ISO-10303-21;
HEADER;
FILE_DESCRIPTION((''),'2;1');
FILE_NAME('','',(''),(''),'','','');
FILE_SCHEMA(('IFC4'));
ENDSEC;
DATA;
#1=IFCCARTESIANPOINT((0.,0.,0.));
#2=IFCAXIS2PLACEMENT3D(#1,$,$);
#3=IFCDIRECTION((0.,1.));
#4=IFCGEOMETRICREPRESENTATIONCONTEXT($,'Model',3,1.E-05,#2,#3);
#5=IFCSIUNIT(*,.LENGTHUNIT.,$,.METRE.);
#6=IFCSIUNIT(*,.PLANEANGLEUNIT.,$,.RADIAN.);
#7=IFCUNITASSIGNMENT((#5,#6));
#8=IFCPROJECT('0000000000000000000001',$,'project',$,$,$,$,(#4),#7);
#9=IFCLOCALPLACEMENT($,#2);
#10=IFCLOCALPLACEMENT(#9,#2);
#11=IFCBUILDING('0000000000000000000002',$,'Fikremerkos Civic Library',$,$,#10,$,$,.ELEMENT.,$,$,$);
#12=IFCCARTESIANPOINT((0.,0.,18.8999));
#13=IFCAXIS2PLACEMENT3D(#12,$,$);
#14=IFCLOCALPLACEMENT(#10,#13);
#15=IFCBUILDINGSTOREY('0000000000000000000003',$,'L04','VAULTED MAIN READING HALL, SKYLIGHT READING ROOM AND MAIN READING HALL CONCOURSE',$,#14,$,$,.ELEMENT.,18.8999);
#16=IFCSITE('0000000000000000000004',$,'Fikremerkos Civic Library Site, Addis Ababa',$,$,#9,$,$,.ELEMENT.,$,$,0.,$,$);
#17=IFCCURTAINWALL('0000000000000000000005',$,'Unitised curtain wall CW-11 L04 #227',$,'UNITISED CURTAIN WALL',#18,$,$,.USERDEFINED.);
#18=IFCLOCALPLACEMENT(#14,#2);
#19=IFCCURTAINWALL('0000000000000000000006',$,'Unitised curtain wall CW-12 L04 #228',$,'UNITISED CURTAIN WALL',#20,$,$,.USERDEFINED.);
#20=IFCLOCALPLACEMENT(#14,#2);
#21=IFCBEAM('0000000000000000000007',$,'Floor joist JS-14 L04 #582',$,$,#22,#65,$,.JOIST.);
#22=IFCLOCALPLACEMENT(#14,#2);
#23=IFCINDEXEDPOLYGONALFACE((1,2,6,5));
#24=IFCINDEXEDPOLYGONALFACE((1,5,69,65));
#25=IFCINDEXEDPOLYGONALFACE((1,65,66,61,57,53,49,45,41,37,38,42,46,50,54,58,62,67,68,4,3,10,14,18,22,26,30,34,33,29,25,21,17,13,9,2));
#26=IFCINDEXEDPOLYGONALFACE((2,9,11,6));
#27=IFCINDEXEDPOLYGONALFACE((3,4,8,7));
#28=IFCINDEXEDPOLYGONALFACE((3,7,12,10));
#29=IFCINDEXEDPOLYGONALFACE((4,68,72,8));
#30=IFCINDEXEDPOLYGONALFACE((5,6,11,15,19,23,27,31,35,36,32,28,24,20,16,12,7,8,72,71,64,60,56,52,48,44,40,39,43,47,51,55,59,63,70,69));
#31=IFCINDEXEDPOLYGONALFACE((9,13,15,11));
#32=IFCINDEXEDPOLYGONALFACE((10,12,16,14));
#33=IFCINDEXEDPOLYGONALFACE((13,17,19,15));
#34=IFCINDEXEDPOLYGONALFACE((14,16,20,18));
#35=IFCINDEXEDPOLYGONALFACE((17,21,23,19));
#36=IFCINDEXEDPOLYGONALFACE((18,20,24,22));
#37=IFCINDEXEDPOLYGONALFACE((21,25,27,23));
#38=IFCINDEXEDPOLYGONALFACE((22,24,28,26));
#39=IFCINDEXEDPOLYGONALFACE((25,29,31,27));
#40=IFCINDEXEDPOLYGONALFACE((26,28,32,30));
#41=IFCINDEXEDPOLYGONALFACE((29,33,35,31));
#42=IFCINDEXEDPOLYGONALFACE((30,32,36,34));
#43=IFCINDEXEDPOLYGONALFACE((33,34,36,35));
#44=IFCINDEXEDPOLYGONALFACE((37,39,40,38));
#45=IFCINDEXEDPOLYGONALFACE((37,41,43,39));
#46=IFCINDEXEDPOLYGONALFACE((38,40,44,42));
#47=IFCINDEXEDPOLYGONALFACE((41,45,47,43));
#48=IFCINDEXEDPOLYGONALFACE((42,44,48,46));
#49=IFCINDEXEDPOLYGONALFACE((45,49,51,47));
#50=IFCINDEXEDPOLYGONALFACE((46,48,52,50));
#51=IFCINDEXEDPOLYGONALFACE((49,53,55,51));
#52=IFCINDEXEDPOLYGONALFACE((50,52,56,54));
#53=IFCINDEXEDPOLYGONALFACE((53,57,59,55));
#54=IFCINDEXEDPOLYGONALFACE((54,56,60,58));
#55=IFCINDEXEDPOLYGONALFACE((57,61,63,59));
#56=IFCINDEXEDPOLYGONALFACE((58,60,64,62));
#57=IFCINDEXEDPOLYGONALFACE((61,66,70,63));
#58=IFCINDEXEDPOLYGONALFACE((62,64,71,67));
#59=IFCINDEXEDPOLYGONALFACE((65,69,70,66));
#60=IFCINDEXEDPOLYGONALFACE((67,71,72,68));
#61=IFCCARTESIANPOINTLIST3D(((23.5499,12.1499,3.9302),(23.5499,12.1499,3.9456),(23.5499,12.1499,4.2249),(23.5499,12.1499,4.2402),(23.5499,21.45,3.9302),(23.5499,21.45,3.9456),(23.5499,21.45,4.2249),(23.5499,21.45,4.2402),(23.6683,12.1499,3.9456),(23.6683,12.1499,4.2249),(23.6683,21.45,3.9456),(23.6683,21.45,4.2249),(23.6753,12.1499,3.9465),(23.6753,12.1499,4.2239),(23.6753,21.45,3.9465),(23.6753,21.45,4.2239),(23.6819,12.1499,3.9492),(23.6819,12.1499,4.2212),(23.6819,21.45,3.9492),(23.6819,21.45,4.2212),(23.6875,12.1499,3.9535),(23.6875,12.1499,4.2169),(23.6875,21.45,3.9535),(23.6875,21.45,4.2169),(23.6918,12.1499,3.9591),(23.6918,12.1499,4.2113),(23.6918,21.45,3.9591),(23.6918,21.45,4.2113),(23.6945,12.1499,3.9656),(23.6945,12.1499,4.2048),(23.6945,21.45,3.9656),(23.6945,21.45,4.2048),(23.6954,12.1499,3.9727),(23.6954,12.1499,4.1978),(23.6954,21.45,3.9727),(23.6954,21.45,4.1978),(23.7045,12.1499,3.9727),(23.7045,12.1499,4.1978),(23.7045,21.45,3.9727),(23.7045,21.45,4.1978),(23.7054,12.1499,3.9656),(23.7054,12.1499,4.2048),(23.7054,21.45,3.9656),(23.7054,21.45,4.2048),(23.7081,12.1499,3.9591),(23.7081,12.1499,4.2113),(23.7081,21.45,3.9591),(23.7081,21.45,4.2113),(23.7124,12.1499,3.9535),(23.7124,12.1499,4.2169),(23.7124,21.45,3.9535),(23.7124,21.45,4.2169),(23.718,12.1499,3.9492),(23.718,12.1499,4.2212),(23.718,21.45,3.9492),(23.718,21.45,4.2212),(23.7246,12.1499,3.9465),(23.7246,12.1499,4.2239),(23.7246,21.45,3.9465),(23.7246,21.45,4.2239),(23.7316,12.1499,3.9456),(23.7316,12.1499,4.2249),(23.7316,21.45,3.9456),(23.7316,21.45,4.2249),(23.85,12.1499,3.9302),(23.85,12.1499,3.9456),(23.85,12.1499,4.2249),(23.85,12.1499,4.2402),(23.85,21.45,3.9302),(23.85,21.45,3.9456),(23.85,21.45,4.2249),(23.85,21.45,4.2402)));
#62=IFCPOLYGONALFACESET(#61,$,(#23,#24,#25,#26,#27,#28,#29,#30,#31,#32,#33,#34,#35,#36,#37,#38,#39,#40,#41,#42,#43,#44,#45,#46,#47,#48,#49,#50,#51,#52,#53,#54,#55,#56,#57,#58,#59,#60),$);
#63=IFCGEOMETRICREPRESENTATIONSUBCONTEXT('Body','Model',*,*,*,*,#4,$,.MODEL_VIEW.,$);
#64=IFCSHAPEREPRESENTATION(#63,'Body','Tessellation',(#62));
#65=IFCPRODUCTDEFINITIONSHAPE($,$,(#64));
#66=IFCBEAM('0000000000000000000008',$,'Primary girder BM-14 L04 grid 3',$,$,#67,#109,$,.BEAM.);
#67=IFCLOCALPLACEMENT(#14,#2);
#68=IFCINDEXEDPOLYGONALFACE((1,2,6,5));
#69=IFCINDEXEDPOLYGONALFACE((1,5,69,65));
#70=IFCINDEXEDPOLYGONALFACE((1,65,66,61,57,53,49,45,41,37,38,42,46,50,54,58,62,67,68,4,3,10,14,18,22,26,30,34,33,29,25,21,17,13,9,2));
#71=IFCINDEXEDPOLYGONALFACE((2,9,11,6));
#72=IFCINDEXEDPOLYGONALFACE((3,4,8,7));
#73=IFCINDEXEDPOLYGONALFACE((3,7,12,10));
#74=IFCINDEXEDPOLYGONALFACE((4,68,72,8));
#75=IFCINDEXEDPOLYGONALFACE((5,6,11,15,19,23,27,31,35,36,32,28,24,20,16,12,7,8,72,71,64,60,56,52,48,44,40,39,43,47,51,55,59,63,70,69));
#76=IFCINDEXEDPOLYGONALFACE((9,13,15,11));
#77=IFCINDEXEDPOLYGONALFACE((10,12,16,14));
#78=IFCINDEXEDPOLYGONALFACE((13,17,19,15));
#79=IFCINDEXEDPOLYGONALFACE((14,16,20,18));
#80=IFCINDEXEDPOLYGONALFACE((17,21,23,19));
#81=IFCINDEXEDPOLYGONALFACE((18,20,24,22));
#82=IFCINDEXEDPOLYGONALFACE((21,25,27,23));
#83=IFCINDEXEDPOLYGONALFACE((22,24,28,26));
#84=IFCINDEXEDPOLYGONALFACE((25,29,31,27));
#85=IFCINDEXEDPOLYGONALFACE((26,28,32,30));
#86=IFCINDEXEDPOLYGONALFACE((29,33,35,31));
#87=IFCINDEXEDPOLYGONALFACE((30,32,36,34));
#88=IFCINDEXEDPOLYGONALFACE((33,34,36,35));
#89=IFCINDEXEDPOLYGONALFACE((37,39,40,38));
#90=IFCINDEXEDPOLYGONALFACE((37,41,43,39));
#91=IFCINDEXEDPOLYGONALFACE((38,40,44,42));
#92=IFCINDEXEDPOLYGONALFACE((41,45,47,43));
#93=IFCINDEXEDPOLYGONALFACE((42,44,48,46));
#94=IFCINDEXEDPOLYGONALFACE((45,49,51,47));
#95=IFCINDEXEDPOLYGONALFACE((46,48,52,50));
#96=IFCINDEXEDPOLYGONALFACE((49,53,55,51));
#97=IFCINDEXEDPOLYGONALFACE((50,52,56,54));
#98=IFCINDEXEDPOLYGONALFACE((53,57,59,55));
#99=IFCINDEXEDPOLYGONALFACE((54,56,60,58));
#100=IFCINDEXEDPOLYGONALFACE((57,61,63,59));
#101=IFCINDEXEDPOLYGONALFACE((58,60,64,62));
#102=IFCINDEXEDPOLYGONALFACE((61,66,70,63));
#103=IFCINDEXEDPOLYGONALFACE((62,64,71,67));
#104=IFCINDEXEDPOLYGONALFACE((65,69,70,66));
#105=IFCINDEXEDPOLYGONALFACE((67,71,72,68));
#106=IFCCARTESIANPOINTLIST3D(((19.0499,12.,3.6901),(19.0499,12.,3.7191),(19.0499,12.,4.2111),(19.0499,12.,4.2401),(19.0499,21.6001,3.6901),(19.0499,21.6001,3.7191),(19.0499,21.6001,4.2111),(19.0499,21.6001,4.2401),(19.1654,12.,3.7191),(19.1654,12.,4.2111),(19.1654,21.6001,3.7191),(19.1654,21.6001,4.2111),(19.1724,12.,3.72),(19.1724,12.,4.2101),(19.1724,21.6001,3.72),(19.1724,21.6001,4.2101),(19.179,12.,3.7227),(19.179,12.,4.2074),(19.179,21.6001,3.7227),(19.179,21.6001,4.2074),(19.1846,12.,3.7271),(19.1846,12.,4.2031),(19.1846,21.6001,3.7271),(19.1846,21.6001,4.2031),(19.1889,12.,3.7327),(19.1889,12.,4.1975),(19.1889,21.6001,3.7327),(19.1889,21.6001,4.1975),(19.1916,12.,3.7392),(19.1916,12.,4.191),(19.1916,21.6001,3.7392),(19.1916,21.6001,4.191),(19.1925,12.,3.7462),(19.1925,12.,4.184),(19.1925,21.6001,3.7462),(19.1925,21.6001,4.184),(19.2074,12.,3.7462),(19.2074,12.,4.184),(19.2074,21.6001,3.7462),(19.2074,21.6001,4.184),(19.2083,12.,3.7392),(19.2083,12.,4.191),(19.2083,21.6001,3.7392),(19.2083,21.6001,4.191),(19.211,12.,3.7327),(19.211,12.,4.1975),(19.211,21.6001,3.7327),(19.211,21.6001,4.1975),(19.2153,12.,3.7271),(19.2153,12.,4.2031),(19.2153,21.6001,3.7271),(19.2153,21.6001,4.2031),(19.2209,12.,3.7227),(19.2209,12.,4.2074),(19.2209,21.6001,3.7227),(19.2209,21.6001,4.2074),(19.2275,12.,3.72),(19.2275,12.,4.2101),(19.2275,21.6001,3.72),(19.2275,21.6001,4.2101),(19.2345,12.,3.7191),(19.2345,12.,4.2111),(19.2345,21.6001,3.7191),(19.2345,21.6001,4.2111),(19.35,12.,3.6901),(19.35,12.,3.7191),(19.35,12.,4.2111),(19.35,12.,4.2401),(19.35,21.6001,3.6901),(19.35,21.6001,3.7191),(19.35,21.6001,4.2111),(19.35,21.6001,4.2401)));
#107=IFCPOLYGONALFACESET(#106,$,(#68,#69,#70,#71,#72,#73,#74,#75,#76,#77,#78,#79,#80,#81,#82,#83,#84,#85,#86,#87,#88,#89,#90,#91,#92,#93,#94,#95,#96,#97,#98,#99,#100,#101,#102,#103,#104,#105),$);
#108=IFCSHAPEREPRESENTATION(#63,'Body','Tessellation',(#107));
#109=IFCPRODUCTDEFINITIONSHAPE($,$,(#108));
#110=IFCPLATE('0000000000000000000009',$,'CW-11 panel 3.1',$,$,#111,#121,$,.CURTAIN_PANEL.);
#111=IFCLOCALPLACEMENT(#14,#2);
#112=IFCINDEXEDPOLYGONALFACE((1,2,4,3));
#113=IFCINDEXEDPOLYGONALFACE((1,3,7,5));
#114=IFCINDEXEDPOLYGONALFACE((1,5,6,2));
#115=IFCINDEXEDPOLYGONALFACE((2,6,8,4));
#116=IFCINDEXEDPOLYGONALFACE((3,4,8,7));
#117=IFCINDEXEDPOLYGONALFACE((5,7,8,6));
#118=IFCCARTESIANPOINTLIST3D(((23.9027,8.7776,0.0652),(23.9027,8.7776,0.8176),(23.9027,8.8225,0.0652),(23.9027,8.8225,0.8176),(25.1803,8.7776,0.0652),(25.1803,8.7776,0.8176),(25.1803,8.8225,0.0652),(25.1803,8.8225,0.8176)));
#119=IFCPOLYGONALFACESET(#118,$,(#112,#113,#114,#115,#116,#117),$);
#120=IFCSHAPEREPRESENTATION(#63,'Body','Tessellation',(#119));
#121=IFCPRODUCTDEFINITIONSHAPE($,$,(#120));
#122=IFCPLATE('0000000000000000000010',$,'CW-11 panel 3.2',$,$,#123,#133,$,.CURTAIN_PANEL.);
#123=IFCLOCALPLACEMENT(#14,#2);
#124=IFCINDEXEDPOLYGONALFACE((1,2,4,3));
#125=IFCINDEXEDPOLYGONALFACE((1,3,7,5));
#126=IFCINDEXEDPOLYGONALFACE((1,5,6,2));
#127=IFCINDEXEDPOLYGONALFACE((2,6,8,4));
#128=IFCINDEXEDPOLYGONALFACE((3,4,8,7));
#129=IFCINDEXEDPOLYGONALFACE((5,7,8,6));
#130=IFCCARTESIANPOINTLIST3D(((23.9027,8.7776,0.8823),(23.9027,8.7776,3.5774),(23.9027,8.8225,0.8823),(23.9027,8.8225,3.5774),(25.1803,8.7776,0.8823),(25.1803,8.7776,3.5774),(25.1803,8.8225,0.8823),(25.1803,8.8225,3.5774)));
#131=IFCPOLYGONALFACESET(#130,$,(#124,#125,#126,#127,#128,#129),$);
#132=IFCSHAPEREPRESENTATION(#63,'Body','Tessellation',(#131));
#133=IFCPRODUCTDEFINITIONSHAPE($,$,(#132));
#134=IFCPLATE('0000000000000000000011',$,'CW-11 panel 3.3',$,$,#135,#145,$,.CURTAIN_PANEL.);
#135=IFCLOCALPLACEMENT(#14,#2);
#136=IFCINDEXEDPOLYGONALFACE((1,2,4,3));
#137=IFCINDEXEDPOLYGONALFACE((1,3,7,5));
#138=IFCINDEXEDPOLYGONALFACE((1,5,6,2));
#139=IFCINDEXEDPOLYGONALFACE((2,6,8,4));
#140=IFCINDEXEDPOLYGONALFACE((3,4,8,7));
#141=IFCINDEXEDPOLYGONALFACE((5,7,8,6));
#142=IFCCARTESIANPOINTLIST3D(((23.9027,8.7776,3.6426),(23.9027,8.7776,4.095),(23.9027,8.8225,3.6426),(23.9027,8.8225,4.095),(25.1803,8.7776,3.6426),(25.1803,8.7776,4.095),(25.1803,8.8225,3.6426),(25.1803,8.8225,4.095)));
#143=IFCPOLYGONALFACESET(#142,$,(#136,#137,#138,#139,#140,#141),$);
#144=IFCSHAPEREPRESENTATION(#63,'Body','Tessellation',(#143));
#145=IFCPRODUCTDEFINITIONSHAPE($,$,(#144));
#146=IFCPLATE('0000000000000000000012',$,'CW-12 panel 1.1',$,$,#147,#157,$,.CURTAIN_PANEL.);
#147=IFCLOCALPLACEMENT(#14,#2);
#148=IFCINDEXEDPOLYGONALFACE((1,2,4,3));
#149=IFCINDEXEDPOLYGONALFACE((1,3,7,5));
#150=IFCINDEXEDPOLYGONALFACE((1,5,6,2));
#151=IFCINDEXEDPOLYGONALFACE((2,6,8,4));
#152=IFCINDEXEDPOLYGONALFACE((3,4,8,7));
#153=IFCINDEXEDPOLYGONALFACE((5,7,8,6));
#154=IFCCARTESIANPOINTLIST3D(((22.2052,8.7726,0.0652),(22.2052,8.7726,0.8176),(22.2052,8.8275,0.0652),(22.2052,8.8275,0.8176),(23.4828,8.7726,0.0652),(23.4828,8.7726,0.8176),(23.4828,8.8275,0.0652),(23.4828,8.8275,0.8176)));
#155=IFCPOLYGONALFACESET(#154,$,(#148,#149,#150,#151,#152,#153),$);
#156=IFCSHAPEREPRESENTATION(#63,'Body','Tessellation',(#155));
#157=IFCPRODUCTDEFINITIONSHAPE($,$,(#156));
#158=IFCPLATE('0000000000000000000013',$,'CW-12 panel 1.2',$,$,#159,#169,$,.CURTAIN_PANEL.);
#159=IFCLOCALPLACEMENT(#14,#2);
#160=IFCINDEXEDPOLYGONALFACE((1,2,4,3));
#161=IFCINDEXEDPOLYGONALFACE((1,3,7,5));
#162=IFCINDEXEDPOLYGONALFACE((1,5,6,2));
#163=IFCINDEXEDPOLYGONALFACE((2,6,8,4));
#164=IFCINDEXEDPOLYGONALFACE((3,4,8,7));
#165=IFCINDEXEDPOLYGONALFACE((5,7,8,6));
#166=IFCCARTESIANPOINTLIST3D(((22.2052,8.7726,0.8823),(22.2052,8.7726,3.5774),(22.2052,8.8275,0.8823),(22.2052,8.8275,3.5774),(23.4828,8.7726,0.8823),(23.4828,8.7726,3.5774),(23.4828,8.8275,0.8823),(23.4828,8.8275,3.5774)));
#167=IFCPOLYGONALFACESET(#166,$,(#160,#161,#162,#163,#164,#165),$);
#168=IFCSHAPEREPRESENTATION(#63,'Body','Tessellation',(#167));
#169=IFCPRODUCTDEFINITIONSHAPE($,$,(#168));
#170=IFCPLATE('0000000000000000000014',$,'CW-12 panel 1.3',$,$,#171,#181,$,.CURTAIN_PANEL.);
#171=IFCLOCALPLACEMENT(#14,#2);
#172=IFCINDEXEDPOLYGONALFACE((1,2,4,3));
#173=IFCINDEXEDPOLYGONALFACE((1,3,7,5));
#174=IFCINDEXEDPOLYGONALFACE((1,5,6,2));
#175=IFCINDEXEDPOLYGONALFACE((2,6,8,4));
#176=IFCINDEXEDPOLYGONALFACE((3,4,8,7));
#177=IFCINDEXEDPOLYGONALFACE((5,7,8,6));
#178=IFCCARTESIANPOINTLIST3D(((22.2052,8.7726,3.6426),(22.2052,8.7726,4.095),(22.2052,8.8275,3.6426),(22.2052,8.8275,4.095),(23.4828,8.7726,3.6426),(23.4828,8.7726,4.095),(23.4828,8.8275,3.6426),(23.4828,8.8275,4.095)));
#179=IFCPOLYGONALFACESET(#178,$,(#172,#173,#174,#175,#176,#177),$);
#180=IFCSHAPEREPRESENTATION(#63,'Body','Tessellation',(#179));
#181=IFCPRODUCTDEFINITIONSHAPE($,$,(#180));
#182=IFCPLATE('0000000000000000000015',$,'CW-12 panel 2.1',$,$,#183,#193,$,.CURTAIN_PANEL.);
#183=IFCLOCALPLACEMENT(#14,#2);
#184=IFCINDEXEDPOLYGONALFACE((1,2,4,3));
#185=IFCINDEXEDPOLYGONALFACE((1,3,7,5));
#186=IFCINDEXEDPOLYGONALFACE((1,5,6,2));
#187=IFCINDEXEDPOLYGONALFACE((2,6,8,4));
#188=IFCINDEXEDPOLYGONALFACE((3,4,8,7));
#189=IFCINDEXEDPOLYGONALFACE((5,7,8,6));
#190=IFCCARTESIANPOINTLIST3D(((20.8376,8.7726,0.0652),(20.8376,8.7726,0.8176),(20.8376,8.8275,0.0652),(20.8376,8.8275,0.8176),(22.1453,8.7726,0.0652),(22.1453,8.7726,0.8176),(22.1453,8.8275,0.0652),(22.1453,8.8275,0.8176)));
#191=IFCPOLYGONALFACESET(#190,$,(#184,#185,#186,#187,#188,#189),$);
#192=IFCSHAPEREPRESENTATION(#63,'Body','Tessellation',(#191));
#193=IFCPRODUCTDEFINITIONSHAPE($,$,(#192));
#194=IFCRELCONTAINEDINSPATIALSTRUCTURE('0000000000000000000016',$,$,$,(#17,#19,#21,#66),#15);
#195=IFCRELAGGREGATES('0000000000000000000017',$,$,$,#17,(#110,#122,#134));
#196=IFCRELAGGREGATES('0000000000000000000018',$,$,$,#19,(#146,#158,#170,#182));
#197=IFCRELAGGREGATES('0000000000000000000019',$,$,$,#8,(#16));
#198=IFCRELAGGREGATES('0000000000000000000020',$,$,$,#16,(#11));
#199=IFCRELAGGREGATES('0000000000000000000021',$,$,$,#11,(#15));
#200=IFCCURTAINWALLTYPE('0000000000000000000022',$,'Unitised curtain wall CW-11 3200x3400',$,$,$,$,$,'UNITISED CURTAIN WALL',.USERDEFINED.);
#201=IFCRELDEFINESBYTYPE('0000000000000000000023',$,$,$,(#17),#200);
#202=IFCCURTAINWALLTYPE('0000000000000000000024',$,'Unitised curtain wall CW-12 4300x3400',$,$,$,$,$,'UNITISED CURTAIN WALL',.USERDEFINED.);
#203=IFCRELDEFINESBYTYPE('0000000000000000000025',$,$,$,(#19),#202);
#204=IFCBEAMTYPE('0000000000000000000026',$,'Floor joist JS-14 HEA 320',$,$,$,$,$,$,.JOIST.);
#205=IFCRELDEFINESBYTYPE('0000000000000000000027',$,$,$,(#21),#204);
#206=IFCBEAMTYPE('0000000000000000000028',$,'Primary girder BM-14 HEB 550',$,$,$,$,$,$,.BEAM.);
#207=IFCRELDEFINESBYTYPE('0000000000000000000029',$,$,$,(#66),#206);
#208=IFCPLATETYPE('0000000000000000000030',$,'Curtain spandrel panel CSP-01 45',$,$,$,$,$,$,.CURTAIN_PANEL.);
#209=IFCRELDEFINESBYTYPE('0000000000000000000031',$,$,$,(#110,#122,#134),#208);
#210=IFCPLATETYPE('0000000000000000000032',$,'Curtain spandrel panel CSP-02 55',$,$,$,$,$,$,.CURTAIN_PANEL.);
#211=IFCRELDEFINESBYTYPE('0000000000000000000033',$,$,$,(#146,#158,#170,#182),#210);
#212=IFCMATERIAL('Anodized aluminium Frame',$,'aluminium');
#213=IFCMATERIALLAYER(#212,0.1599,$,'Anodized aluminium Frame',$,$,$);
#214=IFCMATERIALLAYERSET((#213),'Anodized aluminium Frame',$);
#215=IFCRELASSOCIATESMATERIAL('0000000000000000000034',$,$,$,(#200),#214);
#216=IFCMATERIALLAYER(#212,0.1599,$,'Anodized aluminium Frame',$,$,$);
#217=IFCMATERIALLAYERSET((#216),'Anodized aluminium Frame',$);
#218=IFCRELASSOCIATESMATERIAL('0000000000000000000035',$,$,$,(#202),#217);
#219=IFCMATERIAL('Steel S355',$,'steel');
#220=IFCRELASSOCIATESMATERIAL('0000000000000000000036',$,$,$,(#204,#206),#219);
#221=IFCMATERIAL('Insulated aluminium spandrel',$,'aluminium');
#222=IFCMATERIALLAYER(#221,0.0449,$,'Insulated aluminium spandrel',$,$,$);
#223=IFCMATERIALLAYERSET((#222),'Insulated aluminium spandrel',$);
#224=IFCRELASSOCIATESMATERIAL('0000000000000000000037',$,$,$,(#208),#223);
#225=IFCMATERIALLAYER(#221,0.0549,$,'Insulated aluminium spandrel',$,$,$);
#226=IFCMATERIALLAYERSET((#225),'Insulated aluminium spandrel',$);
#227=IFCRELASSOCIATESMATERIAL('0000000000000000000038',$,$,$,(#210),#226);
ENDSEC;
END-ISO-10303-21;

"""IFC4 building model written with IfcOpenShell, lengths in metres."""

from ifc_helpers import new_model, si_unit, direction, frame, origin, origin_2d, place, context, subcontext, project, spatial, rectangle, i_section, extrude, material, layer, layer_set, material_profile, profile_set, type_object, element, aggregate, save


model = new_model("IFC4")

# Units and contexts
model_context = context("Model", 3, precision=1e-05, world=origin(), true_north=direction((0.0, 1.0)))
body_context = subcontext(model_context, "Body", "Model", "MODEL_VIEW")
ifc_project = project(units=[si_unit("LENGTHUNIT", "METRE"), si_unit("PLANEANGLEUNIT", "RADIAN")], contexts=[model_context])

# Site, building, storey
site_placement = place(None, origin())
site = spatial("IfcSite", under=ifc_project, at=site_placement, Name="Fikremerkos Civic Library Site, Addis Ababa", CompositionType="ELEMENT", RefElevation=0.0)
building_placement = place(site_placement, origin())
building = spatial("IfcBuilding", under=site, at=building_placement, Name="Fikremerkos Civic Library", CompositionType="ELEMENT")
storey_placement = place(building_placement, frame((0.0, 0.0, 18.8999)))
storey = spatial("IfcBuildingStorey", under=building, at=storey_placement, Name="L04", Description="VAULTED MAIN READING HALL, SKYLIGHT READING ROOM AND MAIN READING HALL CONCOURSE", CompositionType="ELEMENT", Elevation=18.8999)

# Curtain walls
ifc_material_1 = material(Name="Anodized aluminium Frame", Category="aluminium")
ifc_layer_1 = layer(ifc_material_1, 0.1599, Name="Anodized aluminium Frame")
ifc_layer_set_1 = layer_set([ifc_layer_1], Name="Anodized aluminium Frame")
curtain_wall_type_1 = type_object("IfcCurtainWallType", Name="Unitised curtain wall CW-11 3200x3400", ElementType="UNITISED CURTAIN WALL", PredefinedType="USERDEFINED", material=ifc_layer_set_1)
curtain_wall_1_placement = place(storey_placement, origin())
curtain_wall_1 = element("IfcCurtainWall", 1, at=curtain_wall_1_placement, inside=storey, type_object=curtain_wall_type_1, Name="Unitised curtain wall CW-11 L04 #227", ObjectType="UNITISED CURTAIN WALL", PredefinedType="USERDEFINED")
ifc_layer_2 = layer(ifc_material_1, 0.1599, Name="Anodized aluminium Frame")
ifc_layer_set_2 = layer_set([ifc_layer_2], Name="Anodized aluminium Frame")
curtain_wall_type_2 = type_object("IfcCurtainWallType", Name="Unitised curtain wall CW-12 4300x3400", ElementType="UNITISED CURTAIN WALL", PredefinedType="USERDEFINED", material=ifc_layer_set_2)
curtain_wall_2_placement = place(storey_placement, origin())
curtain_wall_2 = element("IfcCurtainWall", 2, at=curtain_wall_2_placement, inside=storey, type_object=curtain_wall_type_2, Name="Unitised curtain wall CW-12 L04 #228", ObjectType="UNITISED CURTAIN WALL", PredefinedType="USERDEFINED")

# Beams
ifc_material_2 = material(Name="Steel S355", Category="steel")
ifc_material_profile_1 = material_profile(ifc_material_2, i_section(OverallWidth=0.3, OverallDepth=0.3101, WebThickness=0.009, FlangeThickness=0.0154, FilletRadius=0.0271, at=origin_2d()), Name="HEA 320")
ifc_profile_set_1 = profile_set([ifc_material_profile_1], Name="Steel S355")
beam_type_1 = type_object("IfcBeamType", Name="Floor joist JS-14 HEA 320", PredefinedType="JOIST", material=ifc_profile_set_1)
beam_1_placement = place(storey_placement, frame((23.7, 12.1499, 4.0852), z_axis=(0.0, 1.0, 0.0), x_axis=(-1.0, 0.0, 0.0)))
element("IfcBeam", 3, at=beam_1_placement, inside=storey, type_object=beam_type_1, Name="Floor joist JS-14 L04 #582", PredefinedType="JOIST", context=body_context, shape_type="SweptSolid", body=[
    extrude(i_section(OverallWidth=0.3, OverallDepth=0.3101, WebThickness=0.009, FlangeThickness=0.0154, FilletRadius=0.0271, at=origin_2d()), origin(), (0.0, 0.0, 1.0), 9.3),
])
ifc_material_profile_2 = material_profile(ifc_material_2, i_section(OverallWidth=0.3, OverallDepth=0.55, WebThickness=0.0149, FlangeThickness=0.0291, FilletRadius=0.0271, at=origin_2d()), Name="HEB 550")
ifc_profile_set_2 = profile_set([ifc_material_profile_2], Name="Steel S355")
beam_type_2 = type_object("IfcBeamType", Name="Primary girder BM-14 HEB 550", PredefinedType="BEAM", material=ifc_profile_set_2)
beam_2_placement = place(storey_placement, frame((19.2, 12.0, 3.9651), z_axis=(0.0, 1.0, 0.0), x_axis=(-1.0, 0.0, 0.0)))
element("IfcBeam", 4, at=beam_2_placement, inside=storey, type_object=beam_type_2, Name="Primary girder BM-14 L04 grid 3", PredefinedType="BEAM", context=body_context, shape_type="SweptSolid", body=[
    extrude(i_section(OverallWidth=0.3, OverallDepth=0.55, WebThickness=0.0149, FlangeThickness=0.0291, FilletRadius=0.0271, at=origin_2d()), origin(), (0.0, 0.0, 1.0), 9.6001),
])

# Plates
ifc_material_3 = material(Name="Insulated aluminium spandrel", Category="aluminium")
ifc_layer_3 = layer(ifc_material_3, 0.0449, Name="Insulated aluminium spandrel")
ifc_layer_set_3 = layer_set([ifc_layer_3], Name="Insulated aluminium spandrel")
plate_type_1 = type_object("IfcPlateType", Name="Curtain spandrel panel CSP-01 45", PredefinedType="CURTAIN_PANEL", material=ifc_layer_set_3)
plate_1_placement = place(storey_placement, frame((24.5415, 8.8, 0.0652), z_axis=(0.0, 0.0, 1.0), x_axis=(-1.0, 0.0, 0.0)))
plate_1 = element("IfcPlate", 5, at=plate_1_placement, type_object=plate_type_1, Name="CW-11 panel 3.1", PredefinedType="CURTAIN_PANEL", context=body_context, shape_type="SweptSolid", body=[
    extrude(rectangle(XDim=1.2776, YDim=0.0449, at=origin_2d()), origin(), (0.0, 0.0, 1.0), 0.7524),
])
plate_2_placement = place(storey_placement, frame((24.5415, 8.8, 0.8823), z_axis=(0.0, 0.0, 1.0), x_axis=(-1.0, 0.0, 0.0)))
plate_2 = element("IfcPlate", 6, at=plate_2_placement, type_object=plate_type_1, Name="CW-11 panel 3.2", PredefinedType="CURTAIN_PANEL", context=body_context, shape_type="SweptSolid", body=[
    extrude(rectangle(XDim=1.2776, YDim=0.0449, at=origin_2d()), origin(), (0.0, 0.0, 1.0), 2.6951),
])
plate_3_placement = place(storey_placement, frame((24.5415, 8.8, 3.6426), z_axis=(0.0, 0.0, 1.0), x_axis=(-1.0, 0.0, 0.0)))
plate_3 = element("IfcPlate", 7, at=plate_3_placement, type_object=plate_type_1, Name="CW-11 panel 3.3", PredefinedType="CURTAIN_PANEL", context=body_context, shape_type="SweptSolid", body=[
    extrude(rectangle(XDim=1.2776, YDim=0.0449, at=origin_2d()), origin(), (0.0, 0.0, 1.0), 0.4524),
])
aggregate(curtain_wall_1, [plate_1, plate_2, plate_3])
ifc_layer_4 = layer(ifc_material_3, 0.0549, Name="Insulated aluminium spandrel")
ifc_layer_set_4 = layer_set([ifc_layer_4], Name="Insulated aluminium spandrel")
plate_type_2 = type_object("IfcPlateType", Name="Curtain spandrel panel CSP-02 55", PredefinedType="CURTAIN_PANEL", material=ifc_layer_set_4)
plate_4_placement = place(storey_placement, frame((22.844, 8.8, 0.0652), z_axis=(0.0, 0.0, 1.0), x_axis=(-1.0, 0.0, 0.0)))
plate_4 = element("IfcPlate", 8, at=plate_4_placement, type_object=plate_type_2, Name="CW-12 panel 1.1", PredefinedType="CURTAIN_PANEL", context=body_context, shape_type="SweptSolid", body=[
    extrude(rectangle(XDim=1.2776, YDim=0.0549, at=origin_2d()), origin(), (0.0, 0.0, 1.0), 0.7524),
])
plate_5_placement = place(storey_placement, frame((22.844, 8.8, 0.8823), z_axis=(0.0, 0.0, 1.0), x_axis=(-1.0, 0.0, 0.0)))
plate_5 = element("IfcPlate", 9, at=plate_5_placement, type_object=plate_type_2, Name="CW-12 panel 1.2", PredefinedType="CURTAIN_PANEL", context=body_context, shape_type="SweptSolid", body=[
    extrude(rectangle(XDim=1.2776, YDim=0.0549, at=origin_2d()), origin(), (0.0, 0.0, 1.0), 2.6951),
])
plate_6_placement = place(storey_placement, frame((22.844, 8.8, 3.6426), z_axis=(0.0, 0.0, 1.0), x_axis=(-1.0, 0.0, 0.0)))
plate_6 = element("IfcPlate", 10, at=plate_6_placement, type_object=plate_type_2, Name="CW-12 panel 1.3", PredefinedType="CURTAIN_PANEL", context=body_context, shape_type="SweptSolid", body=[
    extrude(rectangle(XDim=1.2776, YDim=0.0549, at=origin_2d()), origin(), (0.0, 0.0, 1.0), 0.4524),
])
plate_7_placement = place(storey_placement, frame((21.4915, 8.8, 0.0652), z_axis=(0.0, 0.0, 1.0), x_axis=(-1.0, 0.0, 0.0)))
plate_7 = element("IfcPlate", 11, at=plate_7_placement, type_object=plate_type_2, Name="CW-12 panel 2.1", PredefinedType="CURTAIN_PANEL", context=body_context, shape_type="SweptSolid", body=[
    extrude(rectangle(XDim=1.3076, YDim=0.0549, at=origin_2d()), origin(), (0.0, 0.0, 1.0), 0.7524),
])
aggregate(curtain_wall_2, [plate_4, plate_5, plate_6, plate_7])

save(model, "model.ifc")
